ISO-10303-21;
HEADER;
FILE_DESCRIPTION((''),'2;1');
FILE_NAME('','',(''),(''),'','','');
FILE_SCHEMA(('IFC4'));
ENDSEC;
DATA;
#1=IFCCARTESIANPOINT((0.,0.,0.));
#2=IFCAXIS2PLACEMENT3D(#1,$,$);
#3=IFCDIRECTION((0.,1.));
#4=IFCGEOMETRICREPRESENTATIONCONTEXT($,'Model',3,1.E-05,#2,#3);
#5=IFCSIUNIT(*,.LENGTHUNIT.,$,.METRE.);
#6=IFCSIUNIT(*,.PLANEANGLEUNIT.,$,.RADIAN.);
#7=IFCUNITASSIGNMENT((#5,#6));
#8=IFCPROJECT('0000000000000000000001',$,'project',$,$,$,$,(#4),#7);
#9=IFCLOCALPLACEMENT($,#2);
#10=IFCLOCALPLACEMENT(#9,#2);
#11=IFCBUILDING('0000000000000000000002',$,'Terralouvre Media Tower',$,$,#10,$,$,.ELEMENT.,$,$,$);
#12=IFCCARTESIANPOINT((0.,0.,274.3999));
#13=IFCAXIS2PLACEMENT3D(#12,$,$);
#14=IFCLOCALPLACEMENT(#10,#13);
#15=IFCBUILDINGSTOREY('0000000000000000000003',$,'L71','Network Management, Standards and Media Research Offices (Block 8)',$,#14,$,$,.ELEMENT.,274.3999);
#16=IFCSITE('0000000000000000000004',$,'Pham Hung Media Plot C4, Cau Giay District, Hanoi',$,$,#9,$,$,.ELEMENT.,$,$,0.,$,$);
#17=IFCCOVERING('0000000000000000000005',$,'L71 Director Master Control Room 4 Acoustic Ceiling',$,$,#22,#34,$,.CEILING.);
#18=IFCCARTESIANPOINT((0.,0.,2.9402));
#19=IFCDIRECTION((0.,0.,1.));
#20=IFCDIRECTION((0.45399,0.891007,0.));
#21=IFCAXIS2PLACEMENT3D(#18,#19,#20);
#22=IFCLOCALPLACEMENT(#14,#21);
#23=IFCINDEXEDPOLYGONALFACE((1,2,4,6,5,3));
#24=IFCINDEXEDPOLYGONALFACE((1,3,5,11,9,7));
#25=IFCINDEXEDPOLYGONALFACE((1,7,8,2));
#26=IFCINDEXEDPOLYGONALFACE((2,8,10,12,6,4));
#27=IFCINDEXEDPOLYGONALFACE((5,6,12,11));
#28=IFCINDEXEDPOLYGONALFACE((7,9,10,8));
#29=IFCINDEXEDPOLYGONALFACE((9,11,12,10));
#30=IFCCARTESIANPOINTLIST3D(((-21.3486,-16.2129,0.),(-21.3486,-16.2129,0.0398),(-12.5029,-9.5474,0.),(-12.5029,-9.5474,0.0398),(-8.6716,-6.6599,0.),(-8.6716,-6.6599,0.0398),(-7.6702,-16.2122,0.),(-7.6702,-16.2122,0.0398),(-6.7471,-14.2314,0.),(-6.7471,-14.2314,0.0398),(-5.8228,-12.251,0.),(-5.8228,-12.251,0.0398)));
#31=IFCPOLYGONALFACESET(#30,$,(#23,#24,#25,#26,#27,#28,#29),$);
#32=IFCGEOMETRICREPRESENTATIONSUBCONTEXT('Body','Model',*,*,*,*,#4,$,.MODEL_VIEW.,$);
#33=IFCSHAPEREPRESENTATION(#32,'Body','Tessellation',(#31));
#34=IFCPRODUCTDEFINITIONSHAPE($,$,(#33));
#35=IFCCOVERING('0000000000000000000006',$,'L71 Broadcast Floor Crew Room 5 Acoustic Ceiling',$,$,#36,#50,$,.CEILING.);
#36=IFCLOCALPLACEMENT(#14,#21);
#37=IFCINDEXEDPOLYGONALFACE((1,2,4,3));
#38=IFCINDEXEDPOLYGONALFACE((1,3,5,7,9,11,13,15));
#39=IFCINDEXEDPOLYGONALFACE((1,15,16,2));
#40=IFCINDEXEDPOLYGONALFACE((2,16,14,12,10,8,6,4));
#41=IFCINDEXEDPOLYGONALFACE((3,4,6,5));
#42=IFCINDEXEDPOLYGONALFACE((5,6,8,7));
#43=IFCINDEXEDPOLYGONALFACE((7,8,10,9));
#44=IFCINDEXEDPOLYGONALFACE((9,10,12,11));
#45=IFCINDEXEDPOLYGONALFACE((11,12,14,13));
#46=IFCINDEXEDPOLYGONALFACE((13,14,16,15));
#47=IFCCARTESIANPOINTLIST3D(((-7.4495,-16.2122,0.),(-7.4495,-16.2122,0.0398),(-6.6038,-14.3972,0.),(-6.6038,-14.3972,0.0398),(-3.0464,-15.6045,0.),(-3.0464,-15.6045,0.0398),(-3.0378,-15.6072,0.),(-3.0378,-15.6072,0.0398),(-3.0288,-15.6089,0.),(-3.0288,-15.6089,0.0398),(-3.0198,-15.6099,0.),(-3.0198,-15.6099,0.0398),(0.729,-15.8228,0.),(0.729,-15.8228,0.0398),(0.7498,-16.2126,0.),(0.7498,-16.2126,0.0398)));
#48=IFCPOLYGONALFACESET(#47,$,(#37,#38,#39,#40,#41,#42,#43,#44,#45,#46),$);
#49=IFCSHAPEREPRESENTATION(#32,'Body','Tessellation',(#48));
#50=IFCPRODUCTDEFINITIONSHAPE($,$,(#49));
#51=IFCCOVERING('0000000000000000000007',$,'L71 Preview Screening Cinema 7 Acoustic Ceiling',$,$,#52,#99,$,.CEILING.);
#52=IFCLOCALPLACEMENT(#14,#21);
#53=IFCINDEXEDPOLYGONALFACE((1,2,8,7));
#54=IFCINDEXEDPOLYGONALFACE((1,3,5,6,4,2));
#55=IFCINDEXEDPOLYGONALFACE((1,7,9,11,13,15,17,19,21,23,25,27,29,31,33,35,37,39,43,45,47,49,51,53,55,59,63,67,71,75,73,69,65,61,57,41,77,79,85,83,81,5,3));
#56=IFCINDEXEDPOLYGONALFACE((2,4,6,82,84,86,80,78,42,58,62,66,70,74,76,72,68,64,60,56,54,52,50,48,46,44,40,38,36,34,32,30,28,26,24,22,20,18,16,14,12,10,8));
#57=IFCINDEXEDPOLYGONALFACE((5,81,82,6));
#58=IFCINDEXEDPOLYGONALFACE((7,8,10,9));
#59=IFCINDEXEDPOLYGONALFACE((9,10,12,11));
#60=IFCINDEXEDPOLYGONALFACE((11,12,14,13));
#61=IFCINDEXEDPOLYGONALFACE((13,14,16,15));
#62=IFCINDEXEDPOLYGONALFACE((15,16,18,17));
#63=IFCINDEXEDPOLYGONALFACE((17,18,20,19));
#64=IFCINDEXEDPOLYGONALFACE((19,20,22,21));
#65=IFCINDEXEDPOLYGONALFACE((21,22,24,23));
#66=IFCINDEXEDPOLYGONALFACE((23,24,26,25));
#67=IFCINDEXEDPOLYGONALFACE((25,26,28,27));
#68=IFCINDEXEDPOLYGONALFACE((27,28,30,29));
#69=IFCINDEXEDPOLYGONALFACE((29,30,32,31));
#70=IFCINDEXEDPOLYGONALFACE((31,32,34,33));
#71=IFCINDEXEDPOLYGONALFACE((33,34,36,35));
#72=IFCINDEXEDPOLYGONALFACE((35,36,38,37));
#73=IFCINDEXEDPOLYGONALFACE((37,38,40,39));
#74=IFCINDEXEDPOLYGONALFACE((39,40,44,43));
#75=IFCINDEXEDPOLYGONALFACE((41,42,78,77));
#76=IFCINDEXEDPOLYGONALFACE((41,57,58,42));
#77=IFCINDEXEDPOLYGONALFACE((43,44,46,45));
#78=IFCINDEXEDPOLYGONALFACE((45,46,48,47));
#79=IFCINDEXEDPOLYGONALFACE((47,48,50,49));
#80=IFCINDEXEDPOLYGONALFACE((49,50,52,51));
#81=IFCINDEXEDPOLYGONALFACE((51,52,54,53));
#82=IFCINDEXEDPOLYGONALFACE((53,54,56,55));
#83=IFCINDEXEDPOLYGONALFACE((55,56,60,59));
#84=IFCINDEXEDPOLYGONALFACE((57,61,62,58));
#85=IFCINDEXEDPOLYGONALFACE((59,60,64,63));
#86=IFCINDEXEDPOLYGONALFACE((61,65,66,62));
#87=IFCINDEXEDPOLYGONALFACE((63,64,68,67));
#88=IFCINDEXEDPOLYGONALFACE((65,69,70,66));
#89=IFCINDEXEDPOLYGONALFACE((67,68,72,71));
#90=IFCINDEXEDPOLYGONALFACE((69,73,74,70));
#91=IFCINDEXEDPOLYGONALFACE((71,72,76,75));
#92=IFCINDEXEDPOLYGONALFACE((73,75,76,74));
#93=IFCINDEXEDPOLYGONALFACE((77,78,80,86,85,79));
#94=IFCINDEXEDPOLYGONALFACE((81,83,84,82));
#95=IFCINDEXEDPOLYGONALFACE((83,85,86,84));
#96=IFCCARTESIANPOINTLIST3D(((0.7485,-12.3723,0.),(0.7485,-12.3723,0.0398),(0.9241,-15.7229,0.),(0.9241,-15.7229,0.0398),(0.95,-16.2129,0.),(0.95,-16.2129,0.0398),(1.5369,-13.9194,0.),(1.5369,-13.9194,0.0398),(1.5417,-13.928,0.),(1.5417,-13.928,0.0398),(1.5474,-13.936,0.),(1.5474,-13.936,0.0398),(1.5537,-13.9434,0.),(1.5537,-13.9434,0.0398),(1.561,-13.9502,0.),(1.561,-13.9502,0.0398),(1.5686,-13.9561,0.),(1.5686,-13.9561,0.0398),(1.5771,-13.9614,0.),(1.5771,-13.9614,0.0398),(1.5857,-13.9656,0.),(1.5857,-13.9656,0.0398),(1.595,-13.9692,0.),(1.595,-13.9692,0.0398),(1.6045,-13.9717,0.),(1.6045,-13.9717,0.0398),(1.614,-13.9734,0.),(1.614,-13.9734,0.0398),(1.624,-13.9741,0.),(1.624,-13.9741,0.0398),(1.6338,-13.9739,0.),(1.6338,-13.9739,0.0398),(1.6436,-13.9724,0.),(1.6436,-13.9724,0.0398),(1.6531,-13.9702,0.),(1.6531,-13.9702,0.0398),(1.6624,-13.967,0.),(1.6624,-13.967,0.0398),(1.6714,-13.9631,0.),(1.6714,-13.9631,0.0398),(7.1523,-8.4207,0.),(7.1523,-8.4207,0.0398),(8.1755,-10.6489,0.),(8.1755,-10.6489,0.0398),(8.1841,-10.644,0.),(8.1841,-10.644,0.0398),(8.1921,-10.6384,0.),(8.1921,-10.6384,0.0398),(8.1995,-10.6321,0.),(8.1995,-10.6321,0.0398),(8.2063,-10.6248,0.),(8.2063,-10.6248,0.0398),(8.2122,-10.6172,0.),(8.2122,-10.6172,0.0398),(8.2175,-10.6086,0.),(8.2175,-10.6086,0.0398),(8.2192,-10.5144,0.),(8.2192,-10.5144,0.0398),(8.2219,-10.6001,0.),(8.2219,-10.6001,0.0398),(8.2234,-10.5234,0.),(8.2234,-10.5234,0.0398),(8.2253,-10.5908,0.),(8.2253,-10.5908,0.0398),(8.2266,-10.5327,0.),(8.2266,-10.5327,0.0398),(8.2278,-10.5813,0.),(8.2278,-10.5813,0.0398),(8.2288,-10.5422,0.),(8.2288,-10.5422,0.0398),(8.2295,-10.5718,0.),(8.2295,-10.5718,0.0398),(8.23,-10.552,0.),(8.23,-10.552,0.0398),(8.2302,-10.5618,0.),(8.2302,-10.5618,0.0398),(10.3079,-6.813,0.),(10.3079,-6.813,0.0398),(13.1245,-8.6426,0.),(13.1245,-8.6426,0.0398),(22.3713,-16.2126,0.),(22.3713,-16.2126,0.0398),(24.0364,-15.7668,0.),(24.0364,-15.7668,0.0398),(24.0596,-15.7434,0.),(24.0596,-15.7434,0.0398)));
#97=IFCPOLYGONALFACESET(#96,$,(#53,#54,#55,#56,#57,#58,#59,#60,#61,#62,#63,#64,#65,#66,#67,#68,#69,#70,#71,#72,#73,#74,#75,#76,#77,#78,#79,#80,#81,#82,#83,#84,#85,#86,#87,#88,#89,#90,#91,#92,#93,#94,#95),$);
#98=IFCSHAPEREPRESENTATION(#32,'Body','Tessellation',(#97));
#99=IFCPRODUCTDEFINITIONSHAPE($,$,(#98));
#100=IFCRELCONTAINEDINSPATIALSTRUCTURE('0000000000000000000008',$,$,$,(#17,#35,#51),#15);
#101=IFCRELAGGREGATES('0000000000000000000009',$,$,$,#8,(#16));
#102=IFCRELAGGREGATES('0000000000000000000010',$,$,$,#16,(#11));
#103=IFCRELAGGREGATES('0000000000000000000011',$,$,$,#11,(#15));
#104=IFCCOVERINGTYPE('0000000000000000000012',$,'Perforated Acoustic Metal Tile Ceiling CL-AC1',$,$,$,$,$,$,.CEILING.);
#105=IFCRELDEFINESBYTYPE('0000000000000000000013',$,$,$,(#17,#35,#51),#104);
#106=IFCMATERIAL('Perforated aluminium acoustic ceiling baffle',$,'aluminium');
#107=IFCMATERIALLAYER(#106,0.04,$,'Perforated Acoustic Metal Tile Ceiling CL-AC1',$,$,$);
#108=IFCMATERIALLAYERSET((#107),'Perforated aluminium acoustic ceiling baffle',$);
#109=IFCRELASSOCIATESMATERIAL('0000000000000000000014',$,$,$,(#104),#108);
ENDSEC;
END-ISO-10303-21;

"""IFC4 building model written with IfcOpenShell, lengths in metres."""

from ifc_helpers import new_model, si_unit, direction, frame, origin, place, context, subcontext, project, spatial, polyline, outline, extrude, material, layer, layer_set, type_object, element, save


model = new_model("IFC4")

# Units and contexts
model_context = context("Model", 3, precision=1e-05, world=origin(), true_north=direction((0.0, 1.0)))
body_context = subcontext(model_context, "Body", "Model", "MODEL_VIEW")
ifc_project = project(units=[si_unit("LENGTHUNIT", "METRE"), si_unit("PLANEANGLEUNIT", "RADIAN")], contexts=[model_context])

# Site, building, storey
site_placement = place(None, origin())
site = spatial("IfcSite", under=ifc_project, at=site_placement, Name="Pham Hung Media Plot C4, Cau Giay District, Hanoi", CompositionType="ELEMENT", RefElevation=0.0)
building_placement = place(site_placement, origin())
building = spatial("IfcBuilding", under=site, at=building_placement, Name="Terralouvre Media Tower", CompositionType="ELEMENT")
storey_placement = place(building_placement, frame((0.0, 0.0, 274.3999)))
storey = spatial("IfcBuildingStorey", under=building, at=storey_placement, Name="L71", Description="Network Management, Standards and Media Research Offices (Block 8)", CompositionType="ELEMENT", Elevation=274.3999)

# Coverings
ifc_material_1 = material(Name="Perforated aluminium acoustic ceiling baffle", Category="aluminium")
ifc_layer_1 = layer(ifc_material_1, 0.04, Name="Perforated Acoustic Metal Tile Ceiling CL-AC1")
ifc_layer_set_1 = layer_set([ifc_layer_1], Name="Perforated aluminium acoustic ceiling baffle")
covering_type_1 = type_object("IfcCoveringType", Name="Perforated Acoustic Metal Tile Ceiling CL-AC1", PredefinedType="CEILING", material=ifc_layer_set_1)
covering_1_placement = place(storey_placement, frame((0.0, 0.0, 2.9402), z_axis=(0.0, 0.0, 1.0), x_axis=(0.45399, 0.891007, 0.0)))
element("IfcCovering", 1, at=covering_1_placement, inside=storey, type_object=covering_type_1, Name="L71 Director Master Control Room 4 Acoustic Ceiling", PredefinedType="CEILING", context=body_context, shape_type="SweptSolid", body=[
    extrude(outline(polyline([(-5.8228, -12.251), (-8.6716, -6.6599), (-12.5029, -9.5474), (-21.3486, -16.2129), (-7.6702, -16.2122), (-6.7471, -14.2314), (-5.8228, -12.251)])), origin(), (0.0, 0.0, 1.0), 0.0398),
])
covering_2_placement = place(storey_placement, frame((0.0, 0.0, 2.9402), z_axis=(0.0, 0.0, 1.0), x_axis=(0.45399, 0.891007, 0.0)))
element("IfcCovering", 2, at=covering_2_placement, inside=storey, type_object=covering_type_1, Name="L71 Broadcast Floor Crew Room 5 Acoustic Ceiling", PredefinedType="CEILING", context=body_context, shape_type="SweptSolid", body=[
    extrude(outline(polyline([(-3.0198, -15.6099), (-3.0288, -15.6089), (-3.0378, -15.6072), (-3.0464, -15.6045), (-6.6038, -14.3972), (-7.4495, -16.2122), (0.7498, -16.2126), (0.729, -15.8228), (-3.0198, -15.6099)])), origin(), (0.0, 0.0, 1.0), 0.0398),
])
covering_3_placement = place(storey_placement, frame((0.0, 0.0, 2.9402), z_axis=(0.0, 0.0, 1.0), x_axis=(0.45399, 0.891007, 0.0)))
element("IfcCovering", 3, at=covering_3_placement, inside=storey, type_object=covering_type_1, Name="L71 Preview Screening Cinema 7 Acoustic Ceiling", PredefinedType="CEILING", context=body_context, shape_type="SweptSolid", body=[
    extrude(outline(polyline([(10.3079, -6.813), (7.1523, -8.4207), (8.2192, -10.5144), (8.2234, -10.5234), (8.2266, -10.5327), (8.2288, -10.5422), (8.23, -10.552), (8.2302, -10.5618), (8.2295, -10.5718), (8.2278, -10.5813), (8.2253, -10.5908), (8.2219, -10.6001), (8.2175, -10.6086), (8.2122, -10.6172), (8.2063, -10.6248), (8.1995, -10.6321), (8.1921, -10.6384), (8.1841, -10.644), (8.1755, -10.6489), (1.6714, -13.9631), (1.6624, -13.967), (1.6531, -13.9702), (1.6436, -13.9724), (1.6338, -13.9739), (1.624, -13.9741), (1.614, -13.9734), (1.6045, -13.9717), (1.595, -13.9692), (1.5857, -13.9656), (1.5771, -13.9614), (1.5686, -13.9561), (1.561, -13.9502), (1.5537, -13.9434), (1.5474, -13.936), (1.5417, -13.928), (1.5369, -13.9194), (0.7485, -12.3723), (0.9241, -15.7229), (0.95, -16.2129), (22.3713, -16.2126), (24.0364, -15.7668), (24.0596, -15.7434), (13.1245, -8.6426), (10.3079, -6.813)])), origin(), (0.0, 0.0, 1.0), 0.0398),
])

save(model, "model.ifc")
